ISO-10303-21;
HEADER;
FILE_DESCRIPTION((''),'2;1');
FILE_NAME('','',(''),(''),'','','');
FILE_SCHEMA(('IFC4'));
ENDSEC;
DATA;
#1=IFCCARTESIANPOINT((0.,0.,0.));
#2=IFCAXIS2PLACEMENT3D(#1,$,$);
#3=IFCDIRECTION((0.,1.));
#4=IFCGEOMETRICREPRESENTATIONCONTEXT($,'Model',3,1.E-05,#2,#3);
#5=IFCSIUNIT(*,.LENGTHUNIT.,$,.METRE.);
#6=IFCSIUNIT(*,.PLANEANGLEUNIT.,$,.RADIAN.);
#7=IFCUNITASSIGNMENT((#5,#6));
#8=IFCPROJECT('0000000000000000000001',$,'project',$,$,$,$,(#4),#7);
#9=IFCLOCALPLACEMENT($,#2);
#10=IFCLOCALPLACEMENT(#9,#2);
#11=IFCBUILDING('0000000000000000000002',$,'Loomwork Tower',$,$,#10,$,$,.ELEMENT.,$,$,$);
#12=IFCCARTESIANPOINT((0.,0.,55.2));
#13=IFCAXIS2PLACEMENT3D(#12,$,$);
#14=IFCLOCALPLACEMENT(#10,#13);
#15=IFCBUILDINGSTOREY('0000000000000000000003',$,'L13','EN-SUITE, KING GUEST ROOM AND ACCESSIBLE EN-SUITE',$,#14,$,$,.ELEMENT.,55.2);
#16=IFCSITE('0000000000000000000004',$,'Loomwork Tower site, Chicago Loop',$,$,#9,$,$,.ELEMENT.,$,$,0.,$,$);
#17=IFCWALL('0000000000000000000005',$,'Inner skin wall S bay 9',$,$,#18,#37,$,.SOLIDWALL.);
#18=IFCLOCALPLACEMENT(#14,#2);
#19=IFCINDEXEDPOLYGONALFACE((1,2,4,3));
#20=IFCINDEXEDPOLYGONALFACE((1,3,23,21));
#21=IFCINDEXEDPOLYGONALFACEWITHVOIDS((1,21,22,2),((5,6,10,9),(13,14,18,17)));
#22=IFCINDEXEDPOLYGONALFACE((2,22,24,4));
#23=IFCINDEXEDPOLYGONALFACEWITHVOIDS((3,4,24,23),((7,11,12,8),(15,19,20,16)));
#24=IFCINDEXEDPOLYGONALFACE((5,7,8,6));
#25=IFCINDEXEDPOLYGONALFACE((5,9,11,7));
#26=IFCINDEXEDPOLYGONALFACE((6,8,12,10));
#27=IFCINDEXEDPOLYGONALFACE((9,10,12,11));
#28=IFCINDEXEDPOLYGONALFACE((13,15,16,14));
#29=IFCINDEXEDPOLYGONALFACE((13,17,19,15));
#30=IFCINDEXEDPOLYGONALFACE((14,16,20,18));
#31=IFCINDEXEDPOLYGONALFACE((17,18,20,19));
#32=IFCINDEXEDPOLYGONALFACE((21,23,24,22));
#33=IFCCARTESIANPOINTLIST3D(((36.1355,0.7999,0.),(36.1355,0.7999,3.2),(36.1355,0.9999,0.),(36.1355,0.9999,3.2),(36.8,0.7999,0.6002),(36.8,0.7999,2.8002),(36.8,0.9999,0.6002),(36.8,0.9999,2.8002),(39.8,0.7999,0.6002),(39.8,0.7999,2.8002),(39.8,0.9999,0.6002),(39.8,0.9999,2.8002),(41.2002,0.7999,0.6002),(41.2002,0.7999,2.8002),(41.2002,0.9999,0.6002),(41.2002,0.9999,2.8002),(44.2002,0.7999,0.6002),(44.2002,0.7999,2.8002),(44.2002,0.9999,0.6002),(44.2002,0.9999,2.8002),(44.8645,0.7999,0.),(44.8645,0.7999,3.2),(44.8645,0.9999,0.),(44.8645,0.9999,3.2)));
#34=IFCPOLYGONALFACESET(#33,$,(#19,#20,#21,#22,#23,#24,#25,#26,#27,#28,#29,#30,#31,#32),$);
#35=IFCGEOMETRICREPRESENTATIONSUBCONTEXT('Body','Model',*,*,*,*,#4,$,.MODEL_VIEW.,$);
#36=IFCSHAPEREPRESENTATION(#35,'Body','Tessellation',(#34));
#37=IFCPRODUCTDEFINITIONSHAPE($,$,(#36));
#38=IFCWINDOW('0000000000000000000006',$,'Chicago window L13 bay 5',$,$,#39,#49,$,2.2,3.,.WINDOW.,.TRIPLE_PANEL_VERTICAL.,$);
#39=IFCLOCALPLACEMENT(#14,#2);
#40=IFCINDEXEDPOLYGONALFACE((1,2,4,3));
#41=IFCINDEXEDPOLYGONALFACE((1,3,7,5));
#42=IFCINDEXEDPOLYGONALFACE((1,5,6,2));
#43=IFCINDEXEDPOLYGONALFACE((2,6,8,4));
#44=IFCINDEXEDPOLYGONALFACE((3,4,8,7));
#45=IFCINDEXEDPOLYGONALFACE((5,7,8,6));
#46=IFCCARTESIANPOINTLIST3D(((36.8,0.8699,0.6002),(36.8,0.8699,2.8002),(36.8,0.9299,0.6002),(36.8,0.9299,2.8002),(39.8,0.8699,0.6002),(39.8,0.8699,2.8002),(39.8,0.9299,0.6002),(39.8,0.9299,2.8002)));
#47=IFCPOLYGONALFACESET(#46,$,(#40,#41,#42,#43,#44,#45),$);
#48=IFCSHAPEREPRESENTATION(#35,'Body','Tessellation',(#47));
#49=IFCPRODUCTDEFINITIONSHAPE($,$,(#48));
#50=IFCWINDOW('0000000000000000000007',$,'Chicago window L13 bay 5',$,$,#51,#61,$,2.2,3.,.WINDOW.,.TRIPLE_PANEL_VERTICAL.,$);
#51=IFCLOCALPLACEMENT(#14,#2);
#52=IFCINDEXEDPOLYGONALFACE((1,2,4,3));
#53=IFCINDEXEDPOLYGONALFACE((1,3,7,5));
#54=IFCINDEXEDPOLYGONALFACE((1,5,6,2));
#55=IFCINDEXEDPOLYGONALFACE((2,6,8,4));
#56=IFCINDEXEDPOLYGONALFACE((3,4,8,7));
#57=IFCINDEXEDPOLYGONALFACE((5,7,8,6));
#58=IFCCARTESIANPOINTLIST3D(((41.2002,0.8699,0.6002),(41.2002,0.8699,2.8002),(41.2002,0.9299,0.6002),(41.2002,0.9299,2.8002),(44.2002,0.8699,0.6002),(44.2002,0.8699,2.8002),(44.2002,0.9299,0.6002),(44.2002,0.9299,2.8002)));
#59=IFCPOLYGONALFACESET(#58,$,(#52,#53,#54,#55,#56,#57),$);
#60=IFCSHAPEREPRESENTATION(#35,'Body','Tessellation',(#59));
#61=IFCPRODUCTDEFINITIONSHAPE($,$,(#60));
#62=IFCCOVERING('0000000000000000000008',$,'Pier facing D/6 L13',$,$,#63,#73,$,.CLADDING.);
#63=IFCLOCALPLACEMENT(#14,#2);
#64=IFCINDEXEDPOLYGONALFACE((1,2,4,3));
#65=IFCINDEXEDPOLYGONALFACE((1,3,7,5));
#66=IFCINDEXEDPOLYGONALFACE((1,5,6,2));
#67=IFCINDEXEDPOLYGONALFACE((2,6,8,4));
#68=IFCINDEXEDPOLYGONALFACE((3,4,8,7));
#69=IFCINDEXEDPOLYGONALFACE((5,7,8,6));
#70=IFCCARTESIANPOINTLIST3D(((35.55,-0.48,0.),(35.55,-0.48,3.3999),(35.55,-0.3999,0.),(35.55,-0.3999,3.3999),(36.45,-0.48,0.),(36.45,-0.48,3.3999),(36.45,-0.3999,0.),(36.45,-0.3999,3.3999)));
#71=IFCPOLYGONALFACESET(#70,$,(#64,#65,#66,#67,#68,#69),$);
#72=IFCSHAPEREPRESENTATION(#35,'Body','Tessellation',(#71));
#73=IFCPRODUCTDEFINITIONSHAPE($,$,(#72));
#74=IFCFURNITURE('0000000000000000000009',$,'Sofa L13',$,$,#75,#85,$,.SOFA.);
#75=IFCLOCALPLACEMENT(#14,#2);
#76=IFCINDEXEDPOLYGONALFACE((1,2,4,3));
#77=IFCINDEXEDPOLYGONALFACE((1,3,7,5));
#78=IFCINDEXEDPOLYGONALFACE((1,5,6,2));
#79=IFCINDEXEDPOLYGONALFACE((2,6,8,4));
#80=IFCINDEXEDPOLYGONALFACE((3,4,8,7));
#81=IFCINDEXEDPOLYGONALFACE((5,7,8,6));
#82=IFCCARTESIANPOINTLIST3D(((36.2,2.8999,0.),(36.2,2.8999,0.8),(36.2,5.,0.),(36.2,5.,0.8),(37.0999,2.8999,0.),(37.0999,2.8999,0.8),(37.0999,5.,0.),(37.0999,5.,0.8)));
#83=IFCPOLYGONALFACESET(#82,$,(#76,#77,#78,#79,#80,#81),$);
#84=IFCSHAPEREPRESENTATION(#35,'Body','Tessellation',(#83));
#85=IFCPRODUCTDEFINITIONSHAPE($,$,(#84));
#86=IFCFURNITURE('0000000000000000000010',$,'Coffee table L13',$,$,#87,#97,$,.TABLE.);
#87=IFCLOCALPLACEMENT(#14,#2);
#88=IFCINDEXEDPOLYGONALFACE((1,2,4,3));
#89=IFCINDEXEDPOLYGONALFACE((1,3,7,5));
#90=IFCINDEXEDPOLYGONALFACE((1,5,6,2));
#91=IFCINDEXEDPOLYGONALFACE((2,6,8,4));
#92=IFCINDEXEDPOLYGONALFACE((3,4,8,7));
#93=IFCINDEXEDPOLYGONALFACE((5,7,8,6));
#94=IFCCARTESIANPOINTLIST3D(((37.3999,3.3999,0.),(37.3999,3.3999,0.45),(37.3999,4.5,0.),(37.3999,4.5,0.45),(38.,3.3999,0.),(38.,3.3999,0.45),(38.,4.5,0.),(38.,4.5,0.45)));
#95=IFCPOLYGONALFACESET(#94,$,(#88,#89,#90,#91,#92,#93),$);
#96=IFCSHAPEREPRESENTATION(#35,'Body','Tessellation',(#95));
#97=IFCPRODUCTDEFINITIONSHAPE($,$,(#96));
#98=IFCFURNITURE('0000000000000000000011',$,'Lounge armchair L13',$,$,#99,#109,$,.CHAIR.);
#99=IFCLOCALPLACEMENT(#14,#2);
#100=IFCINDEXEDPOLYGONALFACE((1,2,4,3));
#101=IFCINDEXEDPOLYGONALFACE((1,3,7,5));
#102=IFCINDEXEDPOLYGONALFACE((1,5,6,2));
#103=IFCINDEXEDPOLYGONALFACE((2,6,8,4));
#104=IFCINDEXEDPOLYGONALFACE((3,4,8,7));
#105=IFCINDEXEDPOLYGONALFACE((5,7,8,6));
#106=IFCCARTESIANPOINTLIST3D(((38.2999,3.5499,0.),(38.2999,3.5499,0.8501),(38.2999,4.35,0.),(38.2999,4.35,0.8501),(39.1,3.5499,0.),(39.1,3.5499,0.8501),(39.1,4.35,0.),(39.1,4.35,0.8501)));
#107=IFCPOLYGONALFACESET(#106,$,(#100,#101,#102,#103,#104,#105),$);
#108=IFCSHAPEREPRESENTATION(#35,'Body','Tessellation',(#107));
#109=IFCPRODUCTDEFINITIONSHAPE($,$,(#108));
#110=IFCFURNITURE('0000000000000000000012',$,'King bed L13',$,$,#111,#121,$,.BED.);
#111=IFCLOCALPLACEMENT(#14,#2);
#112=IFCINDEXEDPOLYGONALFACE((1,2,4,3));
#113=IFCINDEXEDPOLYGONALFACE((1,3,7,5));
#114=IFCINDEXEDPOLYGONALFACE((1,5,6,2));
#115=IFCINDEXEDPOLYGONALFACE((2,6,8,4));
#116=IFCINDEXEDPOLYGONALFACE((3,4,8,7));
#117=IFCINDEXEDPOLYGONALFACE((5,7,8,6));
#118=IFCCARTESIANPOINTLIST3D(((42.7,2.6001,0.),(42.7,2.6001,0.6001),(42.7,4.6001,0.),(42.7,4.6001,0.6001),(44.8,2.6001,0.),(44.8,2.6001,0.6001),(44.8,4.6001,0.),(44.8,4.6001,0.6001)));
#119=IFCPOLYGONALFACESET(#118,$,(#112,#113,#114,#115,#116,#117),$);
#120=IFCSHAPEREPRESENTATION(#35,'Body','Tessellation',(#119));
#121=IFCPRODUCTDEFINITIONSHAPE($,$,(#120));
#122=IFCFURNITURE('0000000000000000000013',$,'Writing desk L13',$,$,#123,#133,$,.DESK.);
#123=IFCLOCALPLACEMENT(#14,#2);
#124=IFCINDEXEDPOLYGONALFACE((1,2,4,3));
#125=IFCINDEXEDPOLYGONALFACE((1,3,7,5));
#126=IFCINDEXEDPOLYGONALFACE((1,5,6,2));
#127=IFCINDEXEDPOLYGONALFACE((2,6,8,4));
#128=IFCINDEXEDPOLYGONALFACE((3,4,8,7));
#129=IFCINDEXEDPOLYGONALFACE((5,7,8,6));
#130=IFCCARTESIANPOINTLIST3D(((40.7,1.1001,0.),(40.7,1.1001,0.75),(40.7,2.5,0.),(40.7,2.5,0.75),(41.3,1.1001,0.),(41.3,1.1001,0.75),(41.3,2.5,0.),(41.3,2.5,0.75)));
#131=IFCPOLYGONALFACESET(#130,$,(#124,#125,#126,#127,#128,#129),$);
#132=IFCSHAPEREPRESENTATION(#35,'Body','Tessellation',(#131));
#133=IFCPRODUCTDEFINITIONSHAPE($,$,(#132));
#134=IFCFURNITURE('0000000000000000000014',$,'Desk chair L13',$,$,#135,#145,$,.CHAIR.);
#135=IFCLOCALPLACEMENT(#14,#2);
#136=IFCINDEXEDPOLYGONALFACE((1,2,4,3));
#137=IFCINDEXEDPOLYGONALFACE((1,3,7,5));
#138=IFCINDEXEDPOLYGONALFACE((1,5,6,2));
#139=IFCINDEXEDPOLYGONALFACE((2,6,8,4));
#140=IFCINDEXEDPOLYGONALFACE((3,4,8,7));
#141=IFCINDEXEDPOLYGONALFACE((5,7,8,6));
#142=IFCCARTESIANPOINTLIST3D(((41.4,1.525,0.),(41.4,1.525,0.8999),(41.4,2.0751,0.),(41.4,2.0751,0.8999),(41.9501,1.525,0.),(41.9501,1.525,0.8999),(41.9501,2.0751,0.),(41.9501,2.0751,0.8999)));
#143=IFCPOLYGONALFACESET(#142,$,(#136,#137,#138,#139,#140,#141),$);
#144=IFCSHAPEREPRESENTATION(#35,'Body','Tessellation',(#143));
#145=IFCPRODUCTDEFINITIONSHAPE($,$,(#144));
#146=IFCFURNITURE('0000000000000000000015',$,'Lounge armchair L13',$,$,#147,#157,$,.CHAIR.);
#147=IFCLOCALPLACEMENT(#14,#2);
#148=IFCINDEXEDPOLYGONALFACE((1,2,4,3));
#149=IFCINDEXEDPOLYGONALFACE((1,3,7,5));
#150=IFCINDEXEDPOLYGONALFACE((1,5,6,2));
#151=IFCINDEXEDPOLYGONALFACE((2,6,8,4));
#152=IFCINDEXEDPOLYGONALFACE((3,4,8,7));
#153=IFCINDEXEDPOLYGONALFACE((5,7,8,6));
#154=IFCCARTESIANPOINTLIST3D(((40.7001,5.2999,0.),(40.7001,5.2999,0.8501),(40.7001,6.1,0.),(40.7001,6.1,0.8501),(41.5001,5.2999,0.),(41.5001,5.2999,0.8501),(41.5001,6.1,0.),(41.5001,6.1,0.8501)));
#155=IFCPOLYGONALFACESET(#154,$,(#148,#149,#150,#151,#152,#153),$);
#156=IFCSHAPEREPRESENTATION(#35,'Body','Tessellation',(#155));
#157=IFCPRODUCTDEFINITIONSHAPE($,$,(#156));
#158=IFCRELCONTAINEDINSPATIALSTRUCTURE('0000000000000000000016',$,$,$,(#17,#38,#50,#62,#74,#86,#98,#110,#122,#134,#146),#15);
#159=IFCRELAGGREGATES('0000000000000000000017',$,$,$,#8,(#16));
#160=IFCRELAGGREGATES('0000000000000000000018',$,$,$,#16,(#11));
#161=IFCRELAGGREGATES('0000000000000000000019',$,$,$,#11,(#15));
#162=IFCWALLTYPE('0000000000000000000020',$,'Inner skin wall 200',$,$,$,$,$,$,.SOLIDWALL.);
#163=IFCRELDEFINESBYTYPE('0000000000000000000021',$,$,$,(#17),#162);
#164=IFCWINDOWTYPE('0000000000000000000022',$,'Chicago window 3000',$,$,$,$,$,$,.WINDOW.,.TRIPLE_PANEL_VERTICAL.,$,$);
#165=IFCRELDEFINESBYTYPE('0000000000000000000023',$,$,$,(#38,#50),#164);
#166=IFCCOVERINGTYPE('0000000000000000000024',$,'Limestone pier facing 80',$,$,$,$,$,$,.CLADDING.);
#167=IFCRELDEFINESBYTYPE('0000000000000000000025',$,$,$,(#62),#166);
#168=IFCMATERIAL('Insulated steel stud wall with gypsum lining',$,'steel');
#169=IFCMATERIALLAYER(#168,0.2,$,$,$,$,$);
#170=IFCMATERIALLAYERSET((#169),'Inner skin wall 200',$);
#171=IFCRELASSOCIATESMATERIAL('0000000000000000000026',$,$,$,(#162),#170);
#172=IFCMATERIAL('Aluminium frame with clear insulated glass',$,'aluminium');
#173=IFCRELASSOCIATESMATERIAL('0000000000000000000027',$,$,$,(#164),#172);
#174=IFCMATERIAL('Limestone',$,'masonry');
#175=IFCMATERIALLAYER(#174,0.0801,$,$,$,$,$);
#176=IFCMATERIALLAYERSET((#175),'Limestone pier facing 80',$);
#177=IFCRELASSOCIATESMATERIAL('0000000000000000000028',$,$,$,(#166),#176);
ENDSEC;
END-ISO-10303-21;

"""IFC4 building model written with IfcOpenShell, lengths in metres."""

from ifc_helpers import new_model, si_unit, direction, frame, frame_2d, origin, origin_2d, place, context, subcontext, project, spatial, rectangle, extrude, material, layer, layer_set, type_object, element, fill, save


model = new_model("IFC4")

# Units and contexts
model_context = context("Model", 3, precision=1e-05, world=origin(), true_north=direction((0.0, 1.0)))
body_context = subcontext(model_context, "Body", "Model", "MODEL_VIEW")
ifc_project = project(units=[si_unit("LENGTHUNIT", "METRE"), si_unit("PLANEANGLEUNIT", "RADIAN")], contexts=[model_context])

# Site, building, storey
site_placement = place(None, origin())
site = spatial("IfcSite", under=ifc_project, at=site_placement, Name="Loomwork Tower site, Chicago Loop", CompositionType="ELEMENT", RefElevation=0.0)
building_placement = place(site_placement, origin())
building = spatial("IfcBuilding", under=site, at=building_placement, Name="Loomwork Tower", CompositionType="ELEMENT")
storey_placement = place(building_placement, frame((0.0, 0.0, 55.2)))
storey = spatial("IfcBuildingStorey", under=building, at=storey_placement, Name="L13", Description="EN-SUITE, KING GUEST ROOM AND ACCESSIBLE EN-SUITE", CompositionType="ELEMENT", Elevation=55.2)

# Wall, openings, windows
ifc_material_1 = material(Name="Insulated steel stud wall with gypsum lining", Category="steel")
ifc_layer_1 = layer(ifc_material_1, 0.2)
ifc_layer_set_1 = layer_set([ifc_layer_1], Name="Inner skin wall 200")
wall_type = type_object("IfcWallType", Name="Inner skin wall 200", PredefinedType="SOLIDWALL", material=ifc_layer_set_1)
wall_placement = place(storey_placement, frame((36.1355, 0.8999, 0.0), z_axis=(0.0, 0.0, 1.0), x_axis=(1.0, 0.0, 0.0)))
wall = element("IfcWall", 1, at=wall_placement, inside=storey, type_object=wall_type, Name="Inner skin wall S bay 9", PredefinedType="SOLIDWALL", context=body_context, shape_type="SweptSolid", body=[
    extrude(rectangle(XDim=8.729, YDim=0.2, at=frame_2d((4.3645, 0.0))), origin(), (0.0, 0.0, 1.0), 3.2),
])
opening_1_placement = place(wall_placement, frame((0.6646, 0.0, 0.6001)))
opening_1 = element("IfcOpeningElement", 2, at=opening_1_placement, cuts=wall, PredefinedType="OPENING", context=body_context, shape_type="SweptSolid", body=[
    extrude(rectangle(XDim=3.0, YDim=2.2, at=frame_2d((1.5, 1.1001))), frame((0.0, 0.1099, 0.0), z_axis=(0.0, -1.0, 0.0), x_axis=(1.0, 0.0, 0.0)), (0.0, 0.0, 1.0), 0.22),
])
opening_2_placement = place(wall_placement, frame((5.0647, 0.0, 0.6001)))
opening_2 = element("IfcOpeningElement", 3, at=opening_2_placement, cuts=wall, PredefinedType="OPENING", context=body_context, shape_type="SweptSolid", body=[
    extrude(rectangle(XDim=3.0, YDim=2.2, at=frame_2d((1.5, 1.1001))), frame((0.0, 0.1099, 0.0), z_axis=(0.0, -1.0, 0.0), x_axis=(1.0, 0.0, 0.0)), (0.0, 0.0, 1.0), 0.22),
])
ifc_material_2 = material(Name="Aluminium frame with clear insulated glass", Category="aluminium")
window_type = type_object("IfcWindowType", Name="Chicago window 3000", PartitioningType="TRIPLE_PANEL_VERTICAL", PredefinedType="WINDOW", material=ifc_material_2)
window_1_placement = place(opening_1_placement, origin())
window_1 = element("IfcWindow", 4, at=window_1_placement, inside=storey, type_object=window_type, Name="Chicago window L13 bay 5", OverallHeight=2.2, OverallWidth=3.0, PartitioningType="TRIPLE_PANEL_VERTICAL", PredefinedType="WINDOW", context=body_context, shape_type="SweptSolid", body=[
    extrude(rectangle(XDim=3.0, YDim=2.2, at=frame_2d((1.5, 1.1001))), frame((0.0, 0.03, 0.0), z_axis=(0.0, -1.0, 0.0), x_axis=(1.0, 0.0, 0.0)), (0.0, 0.0, 1.0), 0.0601),
])
fill(opening_1, window_1)
window_2_placement = place(opening_2_placement, origin())
window_2 = element("IfcWindow", 5, at=window_2_placement, inside=storey, type_object=window_type, Name="Chicago window L13 bay 5", OverallHeight=2.2, OverallWidth=3.0, PartitioningType="TRIPLE_PANEL_VERTICAL", PredefinedType="WINDOW", context=body_context, shape_type="SweptSolid", body=[
    extrude(rectangle(XDim=3.0, YDim=2.2, at=frame_2d((1.5, 1.1001))), frame((0.0, 0.03, 0.0), z_axis=(0.0, -1.0, 0.0), x_axis=(1.0, 0.0, 0.0)), (0.0, 0.0, 1.0), 0.0601),
])
fill(opening_2, window_2)

# Covering
ifc_material_3 = material(Name="Limestone", Category="masonry")
ifc_layer_2 = layer(ifc_material_3, 0.0801)
ifc_layer_set_2 = layer_set([ifc_layer_2], Name="Limestone pier facing 80")
covering_type = type_object("IfcCoveringType", Name="Limestone pier facing 80", PredefinedType="CLADDING", material=ifc_layer_set_2)
covering_placement = place(storey_placement, frame((36.0, -0.4399, 0.0), z_axis=(0.0, 0.0, 1.0), x_axis=(1.0, 0.0, 0.0)))
element("IfcCovering", 6, at=covering_placement, inside=storey, type_object=covering_type, Name="Pier facing D/6 L13", PredefinedType="CLADDING", context=body_context, shape_type="SweptSolid", body=[
    extrude(rectangle(XDim=0.8999, YDim=0.0801, at=origin_2d()), origin(), (0.0, 0.0, 1.0), 3.3999),
])

# Furniture
furniture_1_placement = place(storey_placement, frame((36.6499, 3.95, 0.0), z_axis=(0.0, 0.0, 1.0), x_axis=(1.0, 0.0, 0.0)))
element("IfcFurniture", 7, at=furniture_1_placement, inside=storey, Name="Sofa L13", PredefinedType="SOFA", context=body_context, shape_type="SweptSolid", body=[
    extrude(rectangle(XDim=0.8999, YDim=2.1001, at=origin_2d()), origin(), (0.0, 0.0, 1.0), 0.8),
])
furniture_2_placement = place(storey_placement, frame((37.7, 3.95, 0.0), z_axis=(0.0, 0.0, 1.0), x_axis=(1.0, 0.0, 0.0)))
element("IfcFurniture", 8, at=furniture_2_placement, inside=storey, Name="Coffee table L13", PredefinedType="TABLE", context=body_context, shape_type="SweptSolid", body=[
    extrude(rectangle(XDim=0.6001, YDim=1.1001, at=origin_2d()), origin(), (0.0, 0.0, 1.0), 0.45),
])
furniture_3_placement = place(storey_placement, frame((38.7, 3.95, 0.0), z_axis=(0.0, 0.0, 1.0), x_axis=(1.0, 0.0, 0.0)))
element("IfcFurniture", 9, at=furniture_3_placement, inside=storey, Name="Lounge armchair L13", PredefinedType="CHAIR", context=body_context, shape_type="SweptSolid", body=[
    extrude(rectangle(XDim=0.8, YDim=0.8, at=origin_2d()), origin(), (0.0, 0.0, 1.0), 0.8501),
])
furniture_4_placement = place(storey_placement, frame((43.75, 3.6001, 0.0), z_axis=(0.0, 0.0, 1.0), x_axis=(1.0, 0.0, 0.0)))
element("IfcFurniture", 10, at=furniture_4_placement, inside=storey, Name="King bed L13", PredefinedType="BED", context=body_context, shape_type="SweptSolid", body=[
    extrude(rectangle(XDim=2.1001, YDim=2.0, at=origin_2d()), origin(), (0.0, 0.0, 1.0), 0.6001),
])
furniture_5_placement = place(storey_placement, frame((41.0, 1.8, 0.0), z_axis=(0.0, 0.0, 1.0), x_axis=(1.0, 0.0, 0.0)))
element("IfcFurniture", 11, at=furniture_5_placement, inside=storey, Name="Writing desk L13", PredefinedType="DESK", context=body_context, shape_type="SweptSolid", body=[
    extrude(rectangle(XDim=0.6001, YDim=1.3999, at=origin_2d()), origin(), (0.0, 0.0, 1.0), 0.75),
])
furniture_6_placement = place(storey_placement, frame((41.675, 1.8, 0.0), z_axis=(0.0, 0.0, 1.0), x_axis=(1.0, 0.0, 0.0)))
element("IfcFurniture", 12, at=furniture_6_placement, inside=storey, Name="Desk chair L13", PredefinedType="CHAIR", context=body_context, shape_type="SweptSolid", body=[
    extrude(rectangle(XDim=0.55, YDim=0.55, at=origin_2d()), origin(), (0.0, 0.0, 1.0), 0.8999),
])
furniture_7_placement = place(storey_placement, frame((41.1001, 5.7, 0.0), z_axis=(0.0, 0.0, 1.0), x_axis=(1.0, 0.0, 0.0)))
element("IfcFurniture", 13, at=furniture_7_placement, inside=storey, Name="Lounge armchair L13", PredefinedType="CHAIR", context=body_context, shape_type="SweptSolid", body=[
    extrude(rectangle(XDim=0.8, YDim=0.8, at=origin_2d()), origin(), (0.0, 0.0, 1.0), 0.8501),
])

save(model, "model.ifc")
